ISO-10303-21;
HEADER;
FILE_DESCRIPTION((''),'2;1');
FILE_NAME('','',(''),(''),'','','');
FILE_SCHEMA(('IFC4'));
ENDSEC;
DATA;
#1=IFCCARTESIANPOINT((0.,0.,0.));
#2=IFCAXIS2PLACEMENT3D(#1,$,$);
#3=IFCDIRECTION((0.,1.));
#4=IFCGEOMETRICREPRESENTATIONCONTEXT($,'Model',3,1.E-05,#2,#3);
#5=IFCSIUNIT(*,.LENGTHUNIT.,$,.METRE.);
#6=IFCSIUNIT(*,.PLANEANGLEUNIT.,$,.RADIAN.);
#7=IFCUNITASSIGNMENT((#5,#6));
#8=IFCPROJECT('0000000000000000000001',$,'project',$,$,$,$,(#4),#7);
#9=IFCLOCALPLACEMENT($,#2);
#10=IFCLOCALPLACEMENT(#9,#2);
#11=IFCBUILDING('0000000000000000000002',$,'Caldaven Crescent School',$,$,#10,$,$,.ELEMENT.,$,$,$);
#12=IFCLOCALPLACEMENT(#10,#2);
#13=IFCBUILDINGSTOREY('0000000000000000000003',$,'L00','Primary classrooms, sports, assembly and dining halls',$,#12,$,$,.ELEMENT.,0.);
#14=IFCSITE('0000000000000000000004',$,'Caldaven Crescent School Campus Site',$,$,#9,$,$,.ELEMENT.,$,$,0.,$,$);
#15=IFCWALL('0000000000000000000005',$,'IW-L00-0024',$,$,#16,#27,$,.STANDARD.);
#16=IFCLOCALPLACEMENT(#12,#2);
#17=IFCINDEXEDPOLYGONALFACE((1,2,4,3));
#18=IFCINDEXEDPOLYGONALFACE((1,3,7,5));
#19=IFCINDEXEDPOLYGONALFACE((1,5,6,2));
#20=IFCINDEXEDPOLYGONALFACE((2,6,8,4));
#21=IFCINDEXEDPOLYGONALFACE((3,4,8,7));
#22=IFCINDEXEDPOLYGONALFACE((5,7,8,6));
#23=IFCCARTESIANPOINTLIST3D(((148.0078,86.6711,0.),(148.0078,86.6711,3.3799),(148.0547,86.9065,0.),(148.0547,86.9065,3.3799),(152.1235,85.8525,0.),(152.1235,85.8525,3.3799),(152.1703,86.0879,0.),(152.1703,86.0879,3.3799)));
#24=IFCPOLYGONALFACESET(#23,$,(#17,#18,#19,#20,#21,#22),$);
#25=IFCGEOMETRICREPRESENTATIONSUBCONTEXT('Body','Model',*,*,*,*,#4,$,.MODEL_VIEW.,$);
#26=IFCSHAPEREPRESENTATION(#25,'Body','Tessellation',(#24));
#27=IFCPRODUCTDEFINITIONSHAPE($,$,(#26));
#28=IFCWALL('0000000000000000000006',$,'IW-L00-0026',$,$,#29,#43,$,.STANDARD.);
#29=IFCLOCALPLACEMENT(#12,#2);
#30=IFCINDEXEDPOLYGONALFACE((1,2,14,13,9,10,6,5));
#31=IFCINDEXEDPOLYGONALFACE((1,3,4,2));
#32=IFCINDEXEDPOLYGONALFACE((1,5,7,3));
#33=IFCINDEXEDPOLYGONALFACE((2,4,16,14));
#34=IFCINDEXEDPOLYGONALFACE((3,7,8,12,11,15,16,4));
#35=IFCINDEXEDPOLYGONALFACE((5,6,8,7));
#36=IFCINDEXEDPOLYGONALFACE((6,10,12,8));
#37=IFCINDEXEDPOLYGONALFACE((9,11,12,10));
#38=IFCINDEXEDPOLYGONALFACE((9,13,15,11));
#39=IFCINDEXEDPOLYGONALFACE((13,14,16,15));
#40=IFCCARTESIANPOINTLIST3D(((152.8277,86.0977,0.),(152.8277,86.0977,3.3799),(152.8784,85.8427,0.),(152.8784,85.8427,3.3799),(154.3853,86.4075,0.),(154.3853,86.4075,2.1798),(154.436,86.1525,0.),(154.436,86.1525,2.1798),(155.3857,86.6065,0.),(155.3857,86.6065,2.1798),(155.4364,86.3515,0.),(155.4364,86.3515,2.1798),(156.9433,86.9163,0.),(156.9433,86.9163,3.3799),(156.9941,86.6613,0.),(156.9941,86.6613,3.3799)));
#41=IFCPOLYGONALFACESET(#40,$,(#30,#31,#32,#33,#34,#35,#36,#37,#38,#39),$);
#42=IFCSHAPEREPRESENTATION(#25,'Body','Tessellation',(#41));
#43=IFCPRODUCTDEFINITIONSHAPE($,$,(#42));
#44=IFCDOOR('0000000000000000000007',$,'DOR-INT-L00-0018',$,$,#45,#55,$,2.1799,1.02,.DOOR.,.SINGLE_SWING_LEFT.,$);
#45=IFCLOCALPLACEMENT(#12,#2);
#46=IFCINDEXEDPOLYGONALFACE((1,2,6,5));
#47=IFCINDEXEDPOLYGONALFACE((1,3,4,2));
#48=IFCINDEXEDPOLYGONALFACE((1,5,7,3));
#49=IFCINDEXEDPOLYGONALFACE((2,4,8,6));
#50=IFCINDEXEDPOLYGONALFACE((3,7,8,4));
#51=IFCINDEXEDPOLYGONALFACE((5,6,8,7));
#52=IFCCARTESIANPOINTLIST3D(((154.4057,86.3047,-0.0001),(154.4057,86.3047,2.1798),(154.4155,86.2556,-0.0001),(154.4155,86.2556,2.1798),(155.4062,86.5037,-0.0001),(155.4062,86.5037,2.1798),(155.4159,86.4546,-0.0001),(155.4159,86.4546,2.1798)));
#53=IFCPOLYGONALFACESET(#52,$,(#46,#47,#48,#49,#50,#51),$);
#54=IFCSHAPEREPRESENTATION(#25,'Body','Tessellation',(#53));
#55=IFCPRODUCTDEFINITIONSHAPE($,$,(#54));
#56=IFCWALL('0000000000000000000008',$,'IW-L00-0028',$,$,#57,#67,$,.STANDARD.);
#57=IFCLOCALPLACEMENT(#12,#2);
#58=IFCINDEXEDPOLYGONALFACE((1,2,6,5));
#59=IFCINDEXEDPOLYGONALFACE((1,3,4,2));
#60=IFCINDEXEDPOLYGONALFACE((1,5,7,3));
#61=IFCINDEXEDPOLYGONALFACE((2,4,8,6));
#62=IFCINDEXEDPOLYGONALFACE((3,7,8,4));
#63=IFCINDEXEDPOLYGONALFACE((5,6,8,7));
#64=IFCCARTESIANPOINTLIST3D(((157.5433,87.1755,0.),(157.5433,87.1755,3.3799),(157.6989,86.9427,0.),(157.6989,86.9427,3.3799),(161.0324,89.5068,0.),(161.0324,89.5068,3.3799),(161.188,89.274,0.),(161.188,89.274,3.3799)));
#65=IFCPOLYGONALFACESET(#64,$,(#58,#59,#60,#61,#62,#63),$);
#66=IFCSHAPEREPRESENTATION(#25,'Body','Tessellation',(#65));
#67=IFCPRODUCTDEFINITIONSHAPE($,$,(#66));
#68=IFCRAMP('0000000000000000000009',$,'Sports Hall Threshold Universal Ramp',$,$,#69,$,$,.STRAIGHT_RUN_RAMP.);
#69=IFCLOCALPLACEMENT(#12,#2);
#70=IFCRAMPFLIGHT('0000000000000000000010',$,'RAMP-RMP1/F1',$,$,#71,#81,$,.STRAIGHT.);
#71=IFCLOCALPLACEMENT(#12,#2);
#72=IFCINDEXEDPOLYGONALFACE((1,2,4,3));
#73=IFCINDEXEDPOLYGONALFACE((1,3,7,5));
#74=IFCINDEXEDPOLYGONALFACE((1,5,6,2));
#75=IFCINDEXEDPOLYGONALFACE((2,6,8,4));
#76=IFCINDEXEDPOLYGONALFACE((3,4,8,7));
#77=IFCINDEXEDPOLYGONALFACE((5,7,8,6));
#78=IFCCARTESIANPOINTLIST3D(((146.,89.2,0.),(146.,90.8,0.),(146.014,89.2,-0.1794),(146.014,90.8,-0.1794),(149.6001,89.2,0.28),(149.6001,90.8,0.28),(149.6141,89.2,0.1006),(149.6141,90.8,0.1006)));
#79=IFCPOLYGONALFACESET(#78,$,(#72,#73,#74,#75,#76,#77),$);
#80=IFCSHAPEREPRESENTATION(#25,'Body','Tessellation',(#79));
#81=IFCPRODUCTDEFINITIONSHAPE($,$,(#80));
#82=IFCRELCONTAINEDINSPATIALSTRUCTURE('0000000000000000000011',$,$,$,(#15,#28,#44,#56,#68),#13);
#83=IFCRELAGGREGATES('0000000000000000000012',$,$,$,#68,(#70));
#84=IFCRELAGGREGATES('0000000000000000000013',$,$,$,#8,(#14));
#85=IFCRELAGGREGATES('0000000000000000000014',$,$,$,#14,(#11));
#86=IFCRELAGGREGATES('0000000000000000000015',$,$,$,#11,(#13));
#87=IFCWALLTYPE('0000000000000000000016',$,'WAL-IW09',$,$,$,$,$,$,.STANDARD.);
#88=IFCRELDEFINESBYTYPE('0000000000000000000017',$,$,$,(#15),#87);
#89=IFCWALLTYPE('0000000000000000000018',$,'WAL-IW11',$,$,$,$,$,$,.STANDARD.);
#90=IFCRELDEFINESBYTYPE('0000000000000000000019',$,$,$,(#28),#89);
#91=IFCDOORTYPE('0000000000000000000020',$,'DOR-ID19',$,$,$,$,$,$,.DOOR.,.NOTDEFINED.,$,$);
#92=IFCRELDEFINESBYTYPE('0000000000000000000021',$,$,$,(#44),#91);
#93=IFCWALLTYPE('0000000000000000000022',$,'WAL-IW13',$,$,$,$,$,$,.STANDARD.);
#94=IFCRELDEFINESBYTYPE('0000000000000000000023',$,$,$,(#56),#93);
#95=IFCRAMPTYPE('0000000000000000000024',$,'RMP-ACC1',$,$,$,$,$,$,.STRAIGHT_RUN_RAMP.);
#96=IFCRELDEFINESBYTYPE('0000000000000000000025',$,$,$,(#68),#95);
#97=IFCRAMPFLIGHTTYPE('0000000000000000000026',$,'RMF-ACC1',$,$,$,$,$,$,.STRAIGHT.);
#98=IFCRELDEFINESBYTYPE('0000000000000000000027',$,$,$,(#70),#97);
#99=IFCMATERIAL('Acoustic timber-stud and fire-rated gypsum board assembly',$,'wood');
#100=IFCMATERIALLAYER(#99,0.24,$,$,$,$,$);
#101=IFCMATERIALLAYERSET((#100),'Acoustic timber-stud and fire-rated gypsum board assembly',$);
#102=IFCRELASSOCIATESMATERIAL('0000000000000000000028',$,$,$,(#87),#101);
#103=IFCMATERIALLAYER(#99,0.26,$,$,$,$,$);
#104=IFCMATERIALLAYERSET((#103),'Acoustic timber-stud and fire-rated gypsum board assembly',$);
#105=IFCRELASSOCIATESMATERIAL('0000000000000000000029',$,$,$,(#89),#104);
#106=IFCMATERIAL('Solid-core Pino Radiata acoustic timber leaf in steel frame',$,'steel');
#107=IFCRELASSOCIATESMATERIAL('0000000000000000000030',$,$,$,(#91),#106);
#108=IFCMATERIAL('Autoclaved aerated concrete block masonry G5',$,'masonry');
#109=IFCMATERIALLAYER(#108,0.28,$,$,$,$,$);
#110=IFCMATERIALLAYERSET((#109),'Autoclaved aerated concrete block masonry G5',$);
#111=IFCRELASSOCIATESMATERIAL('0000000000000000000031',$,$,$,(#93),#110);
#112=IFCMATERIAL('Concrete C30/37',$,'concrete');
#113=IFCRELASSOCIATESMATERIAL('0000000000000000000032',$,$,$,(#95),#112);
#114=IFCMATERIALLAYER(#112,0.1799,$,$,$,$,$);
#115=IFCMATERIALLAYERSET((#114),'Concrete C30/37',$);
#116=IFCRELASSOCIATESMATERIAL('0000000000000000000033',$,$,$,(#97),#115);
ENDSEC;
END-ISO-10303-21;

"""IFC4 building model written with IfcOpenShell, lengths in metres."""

from ifc_helpers import new_model, si_unit, direction, frame, frame_2d, origin, place, context, subcontext, project, spatial, polyline, rectangle, outline, extrude, material, layer, layer_set, type_object, element, fill, aggregate, save


model = new_model("IFC4")

# Units and contexts
model_context = context("Model", 3, precision=1e-05, world=origin(), true_north=direction((0.0, 1.0)))
body_context = subcontext(model_context, "Body", "Model", "MODEL_VIEW")
ifc_project = project(units=[si_unit("LENGTHUNIT", "METRE"), si_unit("PLANEANGLEUNIT", "RADIAN")], contexts=[model_context])

# Site, building, storey
site_placement = place(None, origin())
site = spatial("IfcSite", under=ifc_project, at=site_placement, Name="Caldaven Crescent School Campus Site", CompositionType="ELEMENT", RefElevation=0.0)
building_placement = place(site_placement, origin())
building = spatial("IfcBuilding", under=site, at=building_placement, Name="Caldaven Crescent School", CompositionType="ELEMENT")
storey_placement = place(building_placement, origin())
storey = spatial("IfcBuildingStorey", under=building, at=storey_placement, Name="L00", Description="Primary classrooms, sports, assembly and dining halls", CompositionType="ELEMENT", Elevation=0.0)

# Shared definitions
ifc_material_1 = material(Name="Concrete C30/37", Category="concrete")

# Wall
ifc_material_2 = material(Name="Acoustic timber-stud and fire-rated gypsum board assembly", Category="wood")
ifc_layer_1 = layer(ifc_material_2, 0.24)
ifc_layer_set_1 = layer_set([ifc_layer_1], Name="Acoustic timber-stud and fire-rated gypsum board assembly")
wall_type_1 = type_object("IfcWallType", Name="WAL-IW09", PredefinedType="STANDARD", material=ifc_layer_set_1)
wall_1_placement = place(storey_placement, frame((148.0312, 86.7888, 0.0), z_axis=(0.0, 0.0, 1.0), x_axis=(0.980788, -0.195076, 0.0)))
element("IfcWall", 1, at=wall_1_placement, inside=storey, type_object=wall_type_1, Name="IW-L00-0024", PredefinedType="STANDARD", context=body_context, shape_type="SweptSolid", body=[
    extrude(rectangle(XDim=4.1963, YDim=0.24, at=frame_2d((2.0981, 0.0))), origin(), (0.0, 0.0, 1.0), 3.3799),
])

# Wall, opening, door
ifc_layer_2 = layer(ifc_material_2, 0.26)
ifc_layer_set_2 = layer_set([ifc_layer_2], Name="Acoustic timber-stud and fire-rated gypsum board assembly")
wall_type_2 = type_object("IfcWallType", Name="WAL-IW11", PredefinedType="STANDARD", material=ifc_layer_set_2)
wall_2_placement = place(storey_placement, frame((152.853, 85.9702, 0.0), z_axis=(0.0, 0.0, 1.0), x_axis=(0.980788, 0.195076, 0.0)))
wall_2 = element("IfcWall", 2, at=wall_2_placement, inside=storey, type_object=wall_type_2, Name="IW-L00-0026", PredefinedType="STANDARD", context=body_context, shape_type="SweptSolid", body=[
    extrude(rectangle(XDim=4.1963, YDim=0.26, at=frame_2d((2.0981, 0.0))), origin(), (0.0, 0.0, 1.0), 3.3799),
])
opening_1_placement = place(wall_2_placement, frame((1.5881, 0.0, 0.0)))
opening_1 = element("IfcOpeningElement", 3, at=opening_1_placement, cuts=wall_2, PredefinedType="OPENING", context=body_context, shape_type="SweptSolid", body=[
    extrude(rectangle(XDim=1.02, YDim=2.1799, at=frame_2d((0.51, 1.0898))), frame((0.0, 0.1399, 0.0), z_axis=(0.0, -1.0, 0.0), x_axis=(1.0, 0.0, 0.0)), (0.0, 0.0, 1.0), 0.28),
])
ifc_material_3 = material(Name="Solid-core Pino Radiata acoustic timber leaf in steel frame", Category="steel")
door_type_1 = type_object("IfcDoorType", Name="DOR-ID19", OperationType="NOTDEFINED", PredefinedType="DOOR", material=ifc_material_3)
door_1_placement = place(opening_1_placement, frame((1.02, 0.0, 0.0), z_axis=(0.0, 0.0, 1.0), x_axis=(-1.0, 0.0, 0.0)))
door_1 = element("IfcDoor", 4, at=door_1_placement, inside=storey, type_object=door_type_1, Name="DOR-INT-L00-0018", OperationType="SINGLE_SWING_LEFT", OverallHeight=2.1799, OverallWidth=1.02, PredefinedType="DOOR", context=body_context, shape_type="SweptSolid", body=[
    extrude(rectangle(XDim=1.02, YDim=2.1799, at=frame_2d((0.51, 1.0898))), frame((0.0, 0.0249, 0.0), z_axis=(0.0, -1.0, 0.0), x_axis=(1.0, 0.0, 0.0)), (0.0, 0.0, 1.0), 0.05),
])
fill(opening_1, door_1)

# Wall
ifc_material_4 = material(Name="Autoclaved aerated concrete block masonry G5", Category="masonry")
ifc_layer_3 = layer(ifc_material_4, 0.28)
ifc_layer_set_3 = layer_set([ifc_layer_3], Name="Autoclaved aerated concrete block masonry G5")
wall_type_3 = type_object("IfcWallType", Name="WAL-IW13", PredefinedType="STANDARD", material=ifc_layer_set_3)
wall_3_placement = place(storey_placement, frame((157.6211, 87.0591, 0.0), z_axis=(0.0, 0.0, 1.0), x_axis=(0.831468, 0.555573, 0.0)))
element("IfcWall", 5, at=wall_3_placement, inside=storey, type_object=wall_type_3, Name="IW-L00-0028", PredefinedType="STANDARD", context=body_context, shape_type="SweptSolid", body=[
    extrude(rectangle(XDim=4.1963, YDim=0.28, at=frame_2d((2.0981, 0.0))), origin(), (0.0, 0.0, 1.0), 3.3799),
])

# Ramp, ramp flight
ramp_type = type_object("IfcRampType", Name="RMP-ACC1", PredefinedType="STRAIGHT_RUN_RAMP", material=ifc_material_1)
ramp_placement = place(storey_placement, origin())
ramp = element("IfcRamp", 6, at=ramp_placement, inside=storey, type_object=ramp_type, Name="Sports Hall Threshold Universal Ramp", PredefinedType="STRAIGHT_RUN_RAMP")
ifc_layer_4 = layer(ifc_material_1, 0.1799)
ifc_layer_set_4 = layer_set([ifc_layer_4], Name="Concrete C30/37")
ramp_flight_type = type_object("IfcRampFlightType", Name="RMF-ACC1", PredefinedType="STRAIGHT", material=ifc_layer_set_4)
ramp_flight_placement = place(storey_placement, frame((146.0, 89.2, 0.0), z_axis=(-0.07755, 0.0, 0.996988), x_axis=(0.996988, 0.0, 0.07755)))
ramp_flight = element("IfcRampFlight", 7, at=ramp_flight_placement, type_object=ramp_flight_type, Name="RAMP-RMP1/F1", PredefinedType="STRAIGHT", context=body_context, shape_type="SweptSolid", body=[
    extrude(outline(polyline([(0.0, 0.0), (3.611, 0.0), (3.611, 1.6001), (0.0, 1.6001), (0.0, 0.0)])), origin(), (0.0, 0.0, -1.0), 0.1799),
])
aggregate(ramp, [ramp_flight])

save(model, "model.ifc")
